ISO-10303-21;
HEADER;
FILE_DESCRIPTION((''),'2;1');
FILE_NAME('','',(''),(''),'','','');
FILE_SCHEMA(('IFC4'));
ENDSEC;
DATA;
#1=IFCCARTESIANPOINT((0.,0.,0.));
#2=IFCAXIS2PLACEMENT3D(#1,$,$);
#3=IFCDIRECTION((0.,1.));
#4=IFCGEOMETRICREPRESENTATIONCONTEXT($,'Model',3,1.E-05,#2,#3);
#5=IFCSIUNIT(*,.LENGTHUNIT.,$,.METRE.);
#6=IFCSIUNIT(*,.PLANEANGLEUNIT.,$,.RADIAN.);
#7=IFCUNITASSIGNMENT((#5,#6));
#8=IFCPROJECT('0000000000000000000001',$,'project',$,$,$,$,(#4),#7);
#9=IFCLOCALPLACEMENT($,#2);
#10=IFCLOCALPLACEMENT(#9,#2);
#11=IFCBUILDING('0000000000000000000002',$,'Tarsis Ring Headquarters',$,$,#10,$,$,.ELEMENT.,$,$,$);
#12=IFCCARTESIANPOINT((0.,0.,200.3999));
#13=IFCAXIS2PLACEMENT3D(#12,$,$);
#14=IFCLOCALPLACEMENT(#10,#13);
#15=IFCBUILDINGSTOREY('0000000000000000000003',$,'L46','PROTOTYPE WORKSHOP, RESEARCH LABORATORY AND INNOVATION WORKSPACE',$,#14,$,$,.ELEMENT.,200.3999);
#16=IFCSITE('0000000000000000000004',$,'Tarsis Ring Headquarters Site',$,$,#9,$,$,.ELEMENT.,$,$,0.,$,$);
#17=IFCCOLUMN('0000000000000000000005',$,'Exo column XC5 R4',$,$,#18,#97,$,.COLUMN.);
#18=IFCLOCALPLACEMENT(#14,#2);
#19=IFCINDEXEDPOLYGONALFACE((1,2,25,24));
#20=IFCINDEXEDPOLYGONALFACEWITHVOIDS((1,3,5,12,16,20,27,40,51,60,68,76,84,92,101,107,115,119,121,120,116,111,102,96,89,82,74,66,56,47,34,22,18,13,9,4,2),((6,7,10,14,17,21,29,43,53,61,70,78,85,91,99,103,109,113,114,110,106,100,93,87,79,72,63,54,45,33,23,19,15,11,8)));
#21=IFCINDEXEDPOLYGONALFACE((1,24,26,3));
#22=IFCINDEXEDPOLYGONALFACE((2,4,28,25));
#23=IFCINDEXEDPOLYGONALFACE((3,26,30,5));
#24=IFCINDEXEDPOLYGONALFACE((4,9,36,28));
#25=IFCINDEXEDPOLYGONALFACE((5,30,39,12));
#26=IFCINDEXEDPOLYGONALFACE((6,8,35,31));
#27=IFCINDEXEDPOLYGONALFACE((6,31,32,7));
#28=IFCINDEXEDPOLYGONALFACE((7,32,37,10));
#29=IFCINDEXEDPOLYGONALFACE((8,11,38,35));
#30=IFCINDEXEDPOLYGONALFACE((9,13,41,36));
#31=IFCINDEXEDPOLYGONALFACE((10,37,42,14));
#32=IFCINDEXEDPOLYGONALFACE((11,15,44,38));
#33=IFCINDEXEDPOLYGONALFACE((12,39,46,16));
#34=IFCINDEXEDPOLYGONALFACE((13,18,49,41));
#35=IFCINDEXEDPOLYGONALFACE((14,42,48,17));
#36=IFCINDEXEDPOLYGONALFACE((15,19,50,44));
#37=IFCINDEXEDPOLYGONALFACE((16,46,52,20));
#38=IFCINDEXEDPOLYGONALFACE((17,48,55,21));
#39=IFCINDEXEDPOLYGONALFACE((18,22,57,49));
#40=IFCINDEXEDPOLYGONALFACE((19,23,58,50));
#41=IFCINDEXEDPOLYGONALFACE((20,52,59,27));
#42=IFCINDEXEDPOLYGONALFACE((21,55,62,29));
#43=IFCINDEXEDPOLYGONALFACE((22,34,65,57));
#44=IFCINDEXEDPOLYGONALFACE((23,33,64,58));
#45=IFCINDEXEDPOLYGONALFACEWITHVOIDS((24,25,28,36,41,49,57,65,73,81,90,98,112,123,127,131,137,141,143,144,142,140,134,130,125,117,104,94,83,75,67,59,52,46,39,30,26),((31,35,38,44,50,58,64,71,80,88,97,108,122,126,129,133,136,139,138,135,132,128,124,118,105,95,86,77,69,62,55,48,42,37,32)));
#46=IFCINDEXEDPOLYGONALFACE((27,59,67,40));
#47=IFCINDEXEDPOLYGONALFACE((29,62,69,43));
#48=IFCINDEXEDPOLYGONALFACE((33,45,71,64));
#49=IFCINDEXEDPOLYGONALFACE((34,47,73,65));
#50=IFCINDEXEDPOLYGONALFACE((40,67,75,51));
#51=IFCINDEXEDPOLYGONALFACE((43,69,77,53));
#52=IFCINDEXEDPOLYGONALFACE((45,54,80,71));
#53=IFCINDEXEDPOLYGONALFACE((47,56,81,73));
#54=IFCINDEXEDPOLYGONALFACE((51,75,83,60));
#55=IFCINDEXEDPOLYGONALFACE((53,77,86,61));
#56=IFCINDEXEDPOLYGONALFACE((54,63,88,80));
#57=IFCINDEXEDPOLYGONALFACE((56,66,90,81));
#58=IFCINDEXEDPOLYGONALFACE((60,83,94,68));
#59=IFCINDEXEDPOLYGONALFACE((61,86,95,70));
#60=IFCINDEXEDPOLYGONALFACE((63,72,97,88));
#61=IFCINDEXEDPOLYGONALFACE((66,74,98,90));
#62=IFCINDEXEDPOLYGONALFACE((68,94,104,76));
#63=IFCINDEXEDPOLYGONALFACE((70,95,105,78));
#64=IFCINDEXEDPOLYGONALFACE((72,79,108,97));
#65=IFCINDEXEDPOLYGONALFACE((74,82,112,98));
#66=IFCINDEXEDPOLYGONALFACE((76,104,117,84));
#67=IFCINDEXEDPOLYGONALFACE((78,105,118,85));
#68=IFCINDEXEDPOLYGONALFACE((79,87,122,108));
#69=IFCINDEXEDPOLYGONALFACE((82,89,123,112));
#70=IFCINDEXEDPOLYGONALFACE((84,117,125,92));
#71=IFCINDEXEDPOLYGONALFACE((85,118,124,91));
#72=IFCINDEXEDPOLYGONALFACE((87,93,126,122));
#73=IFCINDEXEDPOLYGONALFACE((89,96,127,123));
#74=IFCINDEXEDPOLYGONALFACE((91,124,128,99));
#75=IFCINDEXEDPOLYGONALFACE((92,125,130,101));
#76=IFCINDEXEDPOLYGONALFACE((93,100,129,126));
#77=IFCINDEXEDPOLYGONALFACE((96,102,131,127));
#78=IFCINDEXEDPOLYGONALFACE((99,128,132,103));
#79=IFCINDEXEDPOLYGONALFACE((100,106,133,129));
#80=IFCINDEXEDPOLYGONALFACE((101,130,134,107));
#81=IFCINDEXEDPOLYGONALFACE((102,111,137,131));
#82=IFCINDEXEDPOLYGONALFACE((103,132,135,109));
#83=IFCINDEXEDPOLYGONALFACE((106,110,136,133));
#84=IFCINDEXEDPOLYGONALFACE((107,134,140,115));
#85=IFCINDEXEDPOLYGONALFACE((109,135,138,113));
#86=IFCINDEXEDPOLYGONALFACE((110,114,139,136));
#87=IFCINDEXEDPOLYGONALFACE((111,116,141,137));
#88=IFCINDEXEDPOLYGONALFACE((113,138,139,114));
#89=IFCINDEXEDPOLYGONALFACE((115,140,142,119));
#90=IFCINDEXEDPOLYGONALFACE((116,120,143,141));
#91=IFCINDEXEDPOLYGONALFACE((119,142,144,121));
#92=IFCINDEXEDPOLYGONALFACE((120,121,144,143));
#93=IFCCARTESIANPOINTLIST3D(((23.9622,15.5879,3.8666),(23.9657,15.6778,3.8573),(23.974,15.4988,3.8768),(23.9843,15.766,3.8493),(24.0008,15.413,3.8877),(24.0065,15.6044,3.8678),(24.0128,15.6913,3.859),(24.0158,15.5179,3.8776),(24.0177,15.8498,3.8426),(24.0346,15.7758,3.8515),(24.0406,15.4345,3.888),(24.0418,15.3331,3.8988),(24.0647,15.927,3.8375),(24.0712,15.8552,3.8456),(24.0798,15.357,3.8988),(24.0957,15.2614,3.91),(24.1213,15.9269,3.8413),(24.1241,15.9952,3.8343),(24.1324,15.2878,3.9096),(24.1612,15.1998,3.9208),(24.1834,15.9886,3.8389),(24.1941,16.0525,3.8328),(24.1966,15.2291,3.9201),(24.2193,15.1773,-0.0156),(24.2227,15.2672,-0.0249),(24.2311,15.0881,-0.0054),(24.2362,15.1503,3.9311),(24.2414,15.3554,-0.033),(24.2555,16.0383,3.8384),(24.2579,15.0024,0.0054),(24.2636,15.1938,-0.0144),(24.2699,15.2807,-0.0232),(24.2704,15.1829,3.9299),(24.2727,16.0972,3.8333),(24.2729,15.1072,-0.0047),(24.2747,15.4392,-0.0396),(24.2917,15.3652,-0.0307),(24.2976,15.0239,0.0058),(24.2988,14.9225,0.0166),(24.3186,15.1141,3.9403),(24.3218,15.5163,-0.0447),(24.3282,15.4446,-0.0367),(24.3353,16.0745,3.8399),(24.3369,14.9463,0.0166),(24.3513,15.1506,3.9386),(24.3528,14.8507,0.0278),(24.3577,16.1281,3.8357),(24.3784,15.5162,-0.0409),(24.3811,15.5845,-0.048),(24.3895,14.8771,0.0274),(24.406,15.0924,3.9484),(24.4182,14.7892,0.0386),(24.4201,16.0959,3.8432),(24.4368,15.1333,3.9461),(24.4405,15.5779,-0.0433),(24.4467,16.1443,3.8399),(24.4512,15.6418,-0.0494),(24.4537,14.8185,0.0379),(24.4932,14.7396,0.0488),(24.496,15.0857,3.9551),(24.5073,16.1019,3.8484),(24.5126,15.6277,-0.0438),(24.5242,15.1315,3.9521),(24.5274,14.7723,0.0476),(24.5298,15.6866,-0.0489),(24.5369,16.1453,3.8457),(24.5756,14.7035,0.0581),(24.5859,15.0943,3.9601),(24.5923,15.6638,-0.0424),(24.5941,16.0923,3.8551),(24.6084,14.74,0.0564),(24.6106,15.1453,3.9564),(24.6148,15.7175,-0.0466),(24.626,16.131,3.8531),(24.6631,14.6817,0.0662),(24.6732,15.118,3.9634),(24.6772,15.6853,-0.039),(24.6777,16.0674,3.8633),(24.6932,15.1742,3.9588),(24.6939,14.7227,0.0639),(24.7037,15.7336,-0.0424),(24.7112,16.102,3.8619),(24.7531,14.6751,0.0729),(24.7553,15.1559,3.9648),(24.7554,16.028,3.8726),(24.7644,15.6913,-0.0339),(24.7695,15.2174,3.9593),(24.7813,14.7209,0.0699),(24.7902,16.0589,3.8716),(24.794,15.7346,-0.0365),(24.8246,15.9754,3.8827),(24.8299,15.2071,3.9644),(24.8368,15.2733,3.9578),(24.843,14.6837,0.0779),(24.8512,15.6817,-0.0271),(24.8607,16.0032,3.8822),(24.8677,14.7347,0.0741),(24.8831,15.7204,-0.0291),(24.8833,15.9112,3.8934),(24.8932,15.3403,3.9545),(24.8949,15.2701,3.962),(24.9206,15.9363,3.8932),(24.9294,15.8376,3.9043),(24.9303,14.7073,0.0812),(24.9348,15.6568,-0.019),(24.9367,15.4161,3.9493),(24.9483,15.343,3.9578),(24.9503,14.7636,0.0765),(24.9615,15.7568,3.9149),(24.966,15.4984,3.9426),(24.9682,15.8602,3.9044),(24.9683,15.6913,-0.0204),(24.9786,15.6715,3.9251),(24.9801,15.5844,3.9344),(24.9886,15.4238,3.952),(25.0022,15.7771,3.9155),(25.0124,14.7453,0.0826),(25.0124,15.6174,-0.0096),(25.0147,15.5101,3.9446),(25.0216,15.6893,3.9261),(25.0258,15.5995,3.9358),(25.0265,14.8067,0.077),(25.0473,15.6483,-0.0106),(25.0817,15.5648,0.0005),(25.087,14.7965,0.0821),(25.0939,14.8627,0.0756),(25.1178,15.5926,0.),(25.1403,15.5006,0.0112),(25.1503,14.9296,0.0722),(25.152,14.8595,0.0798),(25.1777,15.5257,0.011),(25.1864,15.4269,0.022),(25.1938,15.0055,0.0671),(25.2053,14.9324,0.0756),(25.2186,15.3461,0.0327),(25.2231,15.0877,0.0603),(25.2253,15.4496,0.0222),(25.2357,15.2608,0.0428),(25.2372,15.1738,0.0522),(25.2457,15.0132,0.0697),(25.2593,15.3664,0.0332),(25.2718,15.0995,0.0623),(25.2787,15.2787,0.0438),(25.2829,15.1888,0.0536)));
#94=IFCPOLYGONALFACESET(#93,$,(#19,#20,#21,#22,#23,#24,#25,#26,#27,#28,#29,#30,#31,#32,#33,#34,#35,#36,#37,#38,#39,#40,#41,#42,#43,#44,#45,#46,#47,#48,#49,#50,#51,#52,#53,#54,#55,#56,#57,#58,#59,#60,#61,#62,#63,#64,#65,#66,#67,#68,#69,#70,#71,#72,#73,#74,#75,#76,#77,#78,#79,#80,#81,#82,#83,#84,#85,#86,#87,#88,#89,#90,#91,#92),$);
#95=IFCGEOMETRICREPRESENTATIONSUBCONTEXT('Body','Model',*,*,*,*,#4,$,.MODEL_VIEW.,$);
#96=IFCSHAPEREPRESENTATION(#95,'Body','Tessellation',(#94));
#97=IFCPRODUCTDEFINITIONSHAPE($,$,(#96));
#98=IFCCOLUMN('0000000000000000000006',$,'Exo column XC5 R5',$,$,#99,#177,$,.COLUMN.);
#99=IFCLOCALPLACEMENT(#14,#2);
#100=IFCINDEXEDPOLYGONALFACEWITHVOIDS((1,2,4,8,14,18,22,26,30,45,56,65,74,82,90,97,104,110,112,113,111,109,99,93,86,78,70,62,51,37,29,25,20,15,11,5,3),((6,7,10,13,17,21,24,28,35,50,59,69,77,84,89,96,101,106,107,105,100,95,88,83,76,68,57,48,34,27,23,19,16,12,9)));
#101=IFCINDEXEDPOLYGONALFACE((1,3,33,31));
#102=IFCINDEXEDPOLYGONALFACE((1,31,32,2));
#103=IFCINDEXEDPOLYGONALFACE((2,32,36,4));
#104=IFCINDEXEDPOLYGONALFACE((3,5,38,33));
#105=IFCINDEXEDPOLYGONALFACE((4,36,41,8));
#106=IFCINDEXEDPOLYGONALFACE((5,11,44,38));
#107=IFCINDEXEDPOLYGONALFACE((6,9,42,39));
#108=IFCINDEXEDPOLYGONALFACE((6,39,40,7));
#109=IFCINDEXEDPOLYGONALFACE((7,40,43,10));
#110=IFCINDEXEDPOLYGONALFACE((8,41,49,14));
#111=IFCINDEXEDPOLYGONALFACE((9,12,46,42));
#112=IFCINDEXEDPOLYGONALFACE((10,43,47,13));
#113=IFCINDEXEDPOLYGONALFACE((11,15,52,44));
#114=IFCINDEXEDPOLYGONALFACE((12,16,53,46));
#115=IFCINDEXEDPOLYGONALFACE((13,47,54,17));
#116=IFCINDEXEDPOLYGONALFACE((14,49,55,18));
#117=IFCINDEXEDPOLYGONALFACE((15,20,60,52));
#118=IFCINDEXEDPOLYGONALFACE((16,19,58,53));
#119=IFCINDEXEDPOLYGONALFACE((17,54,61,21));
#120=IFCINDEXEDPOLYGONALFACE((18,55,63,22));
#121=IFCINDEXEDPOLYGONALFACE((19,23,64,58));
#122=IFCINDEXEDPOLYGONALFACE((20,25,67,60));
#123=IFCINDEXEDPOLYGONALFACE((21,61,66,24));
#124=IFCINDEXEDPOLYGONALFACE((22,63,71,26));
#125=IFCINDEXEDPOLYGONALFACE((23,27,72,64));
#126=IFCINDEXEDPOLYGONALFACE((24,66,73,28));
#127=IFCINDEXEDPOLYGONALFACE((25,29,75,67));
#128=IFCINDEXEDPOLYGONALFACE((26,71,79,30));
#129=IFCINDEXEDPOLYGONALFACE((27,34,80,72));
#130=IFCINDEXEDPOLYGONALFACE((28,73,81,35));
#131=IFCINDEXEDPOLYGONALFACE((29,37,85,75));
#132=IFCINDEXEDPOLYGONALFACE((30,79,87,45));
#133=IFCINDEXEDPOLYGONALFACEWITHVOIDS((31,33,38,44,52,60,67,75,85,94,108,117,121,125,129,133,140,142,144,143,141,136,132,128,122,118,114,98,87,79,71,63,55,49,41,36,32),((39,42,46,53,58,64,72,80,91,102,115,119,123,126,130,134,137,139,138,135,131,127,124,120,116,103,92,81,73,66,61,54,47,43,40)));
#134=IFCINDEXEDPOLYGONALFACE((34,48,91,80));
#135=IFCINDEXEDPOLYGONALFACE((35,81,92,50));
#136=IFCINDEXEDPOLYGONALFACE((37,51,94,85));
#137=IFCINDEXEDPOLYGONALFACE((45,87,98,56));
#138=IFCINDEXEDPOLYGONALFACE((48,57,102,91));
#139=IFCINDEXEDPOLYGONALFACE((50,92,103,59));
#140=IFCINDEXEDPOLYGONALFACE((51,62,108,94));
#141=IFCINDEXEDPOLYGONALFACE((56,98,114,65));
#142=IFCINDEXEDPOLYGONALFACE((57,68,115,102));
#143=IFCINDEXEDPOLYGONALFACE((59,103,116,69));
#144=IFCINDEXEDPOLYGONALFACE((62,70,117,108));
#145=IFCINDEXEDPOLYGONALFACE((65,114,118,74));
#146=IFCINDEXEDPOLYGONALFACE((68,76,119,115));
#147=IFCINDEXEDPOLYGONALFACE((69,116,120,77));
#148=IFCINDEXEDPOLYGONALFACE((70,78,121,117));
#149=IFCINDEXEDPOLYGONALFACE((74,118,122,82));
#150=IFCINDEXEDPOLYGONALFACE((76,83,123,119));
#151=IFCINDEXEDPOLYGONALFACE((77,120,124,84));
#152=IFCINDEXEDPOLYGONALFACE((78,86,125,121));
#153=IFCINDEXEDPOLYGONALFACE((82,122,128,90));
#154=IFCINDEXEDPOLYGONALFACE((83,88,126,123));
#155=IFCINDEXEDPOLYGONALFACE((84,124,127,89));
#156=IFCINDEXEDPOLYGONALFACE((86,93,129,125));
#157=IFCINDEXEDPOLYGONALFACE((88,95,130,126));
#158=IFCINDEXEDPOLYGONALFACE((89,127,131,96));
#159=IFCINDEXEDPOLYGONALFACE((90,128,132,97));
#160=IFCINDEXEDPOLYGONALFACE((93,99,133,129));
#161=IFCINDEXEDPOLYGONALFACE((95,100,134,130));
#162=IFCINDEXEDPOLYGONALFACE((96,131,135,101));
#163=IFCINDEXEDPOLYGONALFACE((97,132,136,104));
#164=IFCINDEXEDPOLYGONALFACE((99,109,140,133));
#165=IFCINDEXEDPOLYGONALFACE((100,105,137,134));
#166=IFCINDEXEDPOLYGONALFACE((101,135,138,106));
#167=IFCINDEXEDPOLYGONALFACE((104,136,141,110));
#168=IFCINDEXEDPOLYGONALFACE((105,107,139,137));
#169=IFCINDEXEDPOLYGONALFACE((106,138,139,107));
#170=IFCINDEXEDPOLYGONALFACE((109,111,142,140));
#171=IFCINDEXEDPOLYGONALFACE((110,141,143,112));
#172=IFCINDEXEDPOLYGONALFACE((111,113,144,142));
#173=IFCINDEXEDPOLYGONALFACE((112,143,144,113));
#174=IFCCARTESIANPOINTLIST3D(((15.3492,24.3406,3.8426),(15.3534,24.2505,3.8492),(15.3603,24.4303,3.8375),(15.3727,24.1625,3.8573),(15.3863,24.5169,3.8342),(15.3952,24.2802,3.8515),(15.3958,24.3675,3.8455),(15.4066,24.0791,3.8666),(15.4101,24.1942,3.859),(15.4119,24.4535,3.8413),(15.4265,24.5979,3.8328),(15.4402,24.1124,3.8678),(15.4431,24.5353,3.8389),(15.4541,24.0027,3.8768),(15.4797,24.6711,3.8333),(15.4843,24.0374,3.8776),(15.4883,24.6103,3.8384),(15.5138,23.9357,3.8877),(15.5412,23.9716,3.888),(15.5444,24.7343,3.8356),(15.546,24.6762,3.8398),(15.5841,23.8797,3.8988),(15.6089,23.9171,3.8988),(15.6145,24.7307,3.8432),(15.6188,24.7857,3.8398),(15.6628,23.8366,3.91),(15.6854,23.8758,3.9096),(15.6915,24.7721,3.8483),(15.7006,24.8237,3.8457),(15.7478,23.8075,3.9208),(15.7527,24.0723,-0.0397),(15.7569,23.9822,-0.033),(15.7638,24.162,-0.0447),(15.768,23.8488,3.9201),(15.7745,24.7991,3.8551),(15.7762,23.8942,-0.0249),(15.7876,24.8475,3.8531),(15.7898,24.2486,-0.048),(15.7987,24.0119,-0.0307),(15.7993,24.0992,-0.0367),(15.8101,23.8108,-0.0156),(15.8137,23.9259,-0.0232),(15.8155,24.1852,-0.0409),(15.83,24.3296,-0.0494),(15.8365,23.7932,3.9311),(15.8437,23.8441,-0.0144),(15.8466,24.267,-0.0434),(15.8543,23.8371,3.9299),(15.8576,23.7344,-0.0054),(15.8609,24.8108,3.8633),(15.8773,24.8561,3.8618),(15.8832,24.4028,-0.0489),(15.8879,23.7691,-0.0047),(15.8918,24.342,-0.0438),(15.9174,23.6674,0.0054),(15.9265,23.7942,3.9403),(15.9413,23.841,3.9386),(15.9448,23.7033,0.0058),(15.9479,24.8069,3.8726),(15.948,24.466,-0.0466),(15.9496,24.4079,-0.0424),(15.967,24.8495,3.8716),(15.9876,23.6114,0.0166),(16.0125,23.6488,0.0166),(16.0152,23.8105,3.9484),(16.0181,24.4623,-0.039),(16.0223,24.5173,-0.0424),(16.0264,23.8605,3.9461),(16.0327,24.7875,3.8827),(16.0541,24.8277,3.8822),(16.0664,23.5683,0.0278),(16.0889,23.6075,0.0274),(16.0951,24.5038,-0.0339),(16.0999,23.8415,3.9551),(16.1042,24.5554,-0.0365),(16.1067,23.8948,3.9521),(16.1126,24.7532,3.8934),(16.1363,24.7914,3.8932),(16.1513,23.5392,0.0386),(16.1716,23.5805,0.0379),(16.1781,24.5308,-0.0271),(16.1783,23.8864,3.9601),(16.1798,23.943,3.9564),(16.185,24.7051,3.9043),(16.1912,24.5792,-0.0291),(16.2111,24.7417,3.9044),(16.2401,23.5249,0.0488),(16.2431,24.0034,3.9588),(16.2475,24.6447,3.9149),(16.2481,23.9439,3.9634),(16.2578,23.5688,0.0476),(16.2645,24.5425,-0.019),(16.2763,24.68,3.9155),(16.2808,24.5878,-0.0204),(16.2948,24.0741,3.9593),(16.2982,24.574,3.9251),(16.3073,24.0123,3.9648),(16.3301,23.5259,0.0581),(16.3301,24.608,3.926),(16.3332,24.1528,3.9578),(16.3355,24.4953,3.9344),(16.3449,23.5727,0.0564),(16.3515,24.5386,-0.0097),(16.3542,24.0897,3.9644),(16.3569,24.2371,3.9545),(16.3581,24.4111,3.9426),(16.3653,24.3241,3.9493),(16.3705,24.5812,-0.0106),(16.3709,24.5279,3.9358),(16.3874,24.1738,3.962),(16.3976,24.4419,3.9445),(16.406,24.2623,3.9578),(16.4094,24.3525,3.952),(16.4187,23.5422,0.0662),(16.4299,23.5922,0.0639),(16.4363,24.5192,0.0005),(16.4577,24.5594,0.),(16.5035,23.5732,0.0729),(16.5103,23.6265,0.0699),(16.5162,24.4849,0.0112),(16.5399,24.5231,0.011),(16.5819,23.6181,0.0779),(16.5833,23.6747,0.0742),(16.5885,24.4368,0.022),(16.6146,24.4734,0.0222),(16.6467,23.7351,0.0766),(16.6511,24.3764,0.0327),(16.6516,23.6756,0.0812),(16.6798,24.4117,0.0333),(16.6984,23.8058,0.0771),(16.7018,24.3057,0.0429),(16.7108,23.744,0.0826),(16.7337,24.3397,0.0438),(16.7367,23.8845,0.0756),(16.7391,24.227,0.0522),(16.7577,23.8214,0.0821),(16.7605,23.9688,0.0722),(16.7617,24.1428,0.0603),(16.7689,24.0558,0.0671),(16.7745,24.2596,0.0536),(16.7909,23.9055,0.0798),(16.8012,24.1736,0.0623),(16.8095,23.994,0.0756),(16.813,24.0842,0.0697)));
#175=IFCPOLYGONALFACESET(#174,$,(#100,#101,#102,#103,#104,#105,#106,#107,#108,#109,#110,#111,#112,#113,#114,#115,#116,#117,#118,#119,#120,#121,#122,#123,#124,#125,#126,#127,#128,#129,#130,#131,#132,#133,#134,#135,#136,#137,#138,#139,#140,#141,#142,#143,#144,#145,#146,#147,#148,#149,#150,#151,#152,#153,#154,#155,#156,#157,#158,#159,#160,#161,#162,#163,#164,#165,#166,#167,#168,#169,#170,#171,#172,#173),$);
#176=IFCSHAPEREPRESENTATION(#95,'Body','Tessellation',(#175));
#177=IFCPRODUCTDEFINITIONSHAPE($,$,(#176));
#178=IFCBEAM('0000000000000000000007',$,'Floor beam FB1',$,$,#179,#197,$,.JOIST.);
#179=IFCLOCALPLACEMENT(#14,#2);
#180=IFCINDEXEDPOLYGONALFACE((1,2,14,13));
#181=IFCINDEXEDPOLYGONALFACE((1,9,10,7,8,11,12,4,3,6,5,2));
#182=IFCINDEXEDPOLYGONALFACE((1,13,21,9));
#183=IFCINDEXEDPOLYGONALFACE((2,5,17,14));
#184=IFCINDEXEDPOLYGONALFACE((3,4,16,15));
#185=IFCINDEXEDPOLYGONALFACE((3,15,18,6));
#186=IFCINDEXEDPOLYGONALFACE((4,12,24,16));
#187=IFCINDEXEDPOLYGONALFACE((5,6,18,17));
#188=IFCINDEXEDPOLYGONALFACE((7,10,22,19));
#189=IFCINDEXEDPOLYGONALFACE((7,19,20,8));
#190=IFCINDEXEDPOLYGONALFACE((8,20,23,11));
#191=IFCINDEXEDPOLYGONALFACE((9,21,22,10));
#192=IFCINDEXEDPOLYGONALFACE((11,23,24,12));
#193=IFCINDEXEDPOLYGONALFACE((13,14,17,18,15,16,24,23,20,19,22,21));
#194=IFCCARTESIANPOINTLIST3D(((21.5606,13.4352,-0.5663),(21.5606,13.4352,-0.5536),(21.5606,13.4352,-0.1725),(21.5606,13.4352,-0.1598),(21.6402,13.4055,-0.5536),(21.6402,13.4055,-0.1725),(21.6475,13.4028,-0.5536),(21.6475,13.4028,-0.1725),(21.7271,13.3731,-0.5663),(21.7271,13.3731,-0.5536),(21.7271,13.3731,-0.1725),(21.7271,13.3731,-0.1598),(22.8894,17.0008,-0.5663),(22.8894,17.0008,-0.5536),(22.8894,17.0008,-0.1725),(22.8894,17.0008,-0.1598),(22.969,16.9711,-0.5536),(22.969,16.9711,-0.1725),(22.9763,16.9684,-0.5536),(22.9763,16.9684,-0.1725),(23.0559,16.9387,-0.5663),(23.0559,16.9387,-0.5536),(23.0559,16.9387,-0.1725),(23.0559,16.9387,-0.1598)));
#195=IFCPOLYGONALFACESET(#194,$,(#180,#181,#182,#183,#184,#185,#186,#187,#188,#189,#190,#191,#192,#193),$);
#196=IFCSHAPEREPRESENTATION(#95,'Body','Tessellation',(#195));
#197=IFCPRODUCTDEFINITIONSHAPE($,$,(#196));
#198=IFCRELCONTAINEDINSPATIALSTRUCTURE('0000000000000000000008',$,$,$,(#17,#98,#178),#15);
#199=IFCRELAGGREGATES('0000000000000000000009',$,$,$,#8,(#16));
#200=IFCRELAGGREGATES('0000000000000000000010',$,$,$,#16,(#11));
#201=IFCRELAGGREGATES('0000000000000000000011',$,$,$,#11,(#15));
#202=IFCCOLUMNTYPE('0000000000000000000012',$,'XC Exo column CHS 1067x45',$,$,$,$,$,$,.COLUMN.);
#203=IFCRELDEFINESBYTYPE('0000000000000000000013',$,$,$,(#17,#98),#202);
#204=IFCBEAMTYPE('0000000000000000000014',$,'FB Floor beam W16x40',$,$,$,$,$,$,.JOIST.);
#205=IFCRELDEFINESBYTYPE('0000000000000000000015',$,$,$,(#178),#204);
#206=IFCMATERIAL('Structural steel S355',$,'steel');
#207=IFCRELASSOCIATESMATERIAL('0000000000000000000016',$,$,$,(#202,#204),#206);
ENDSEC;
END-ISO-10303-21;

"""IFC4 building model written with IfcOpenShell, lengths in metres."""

from ifc_helpers import new_model, si_unit, direction, frame, origin, origin_2d, place, context, subcontext, project, spatial, hollow_circle, i_section, extrude, material, material_profile, profile_set, type_object, element, save


model = new_model("IFC4")

# Units and contexts
model_context = context("Model", 3, precision=1e-05, world=origin(), true_north=direction((0.0, 1.0)))
body_context = subcontext(model_context, "Body", "Model", "MODEL_VIEW")
ifc_project = project(units=[si_unit("LENGTHUNIT", "METRE"), si_unit("PLANEANGLEUNIT", "RADIAN")], contexts=[model_context])

# Site, building, storey
site_placement = place(None, origin())
site = spatial("IfcSite", under=ifc_project, at=site_placement, Name="Tarsis Ring Headquarters Site", CompositionType="ELEMENT", RefElevation=0.0)
building_placement = place(site_placement, origin())
building = spatial("IfcBuilding", under=site, at=building_placement, Name="Tarsis Ring Headquarters", CompositionType="ELEMENT")
storey_placement = place(building_placement, frame((0.0, 0.0, 200.3999)))
storey = spatial("IfcBuildingStorey", under=building, at=storey_placement, Name="L46", Description="PROTOTYPE WORKSHOP, RESEARCH LABORATORY AND INNOVATION WORKSPACE", CompositionType="ELEMENT", Elevation=200.3999)

# Columns
ifc_material_1 = material(Name="Structural steel S355", Category="steel")
ifc_material_profile_1 = material_profile(ifc_material_1, hollow_circle(Radius=0.5334, WallThickness=0.0449, at=origin_2d()), Name="CHS 1067x45")
ifc_profile_set_1 = profile_set([ifc_material_profile_1], Name="Structural steel S355")
column_type = type_object("IfcColumnType", Name="XC Exo column CHS 1067x45", PredefinedType="COLUMN", material=ifc_profile_set_1)
for number, where, z_axis, x_axis, name in (
    (1, (24.751, 15.2056, 0.0166), (-0.065708, 0.104959, 0.992303), (-0.847602, -0.530633, 0.0), "Exo column XC5 R4"),
    (2, (16.283, 24.0557, 0.0166), (-0.103149, 0.068579, 0.992299), (-0.553653, -0.832747, 0.0), "Exo column XC5 R5"),
):
    element("IfcColumn", number, at=place(storey_placement, frame(where, z_axis=z_axis, x_axis=x_axis)), inside=storey, type_object=column_type, Name=name, PredefinedType="COLUMN", context=body_context, shape_type="SweptSolid", body=[
        extrude(hollow_circle(Radius=0.5334, WallThickness=0.0449, at=origin_2d()), origin(), (0.0, 0.0, 1.0), 3.9124),
    ])

# Beam
ifc_material_profile_2 = material_profile(ifc_material_1, i_section(OverallWidth=0.1777, OverallDepth=0.4065, WebThickness=0.0078, FlangeThickness=0.0127, at=origin_2d()), Name="W16x40")
ifc_profile_set_2 = profile_set([ifc_material_profile_2], Name="Structural steel S355")
beam_type_1 = type_object("IfcBeamType", Name="FB Floor beam W16x40", PredefinedType="JOIST", material=ifc_profile_set_2)
beam_1_placement = place(storey_placement, frame((22.9727, 16.9697, -0.363), z_axis=(-0.349217, -0.937042, 0.0), x_axis=(0.937042, -0.349217, 0.0)))
element("IfcBeam", 3, at=beam_1_placement, inside=storey, type_object=beam_type_1, Name="Floor beam FB1", PredefinedType="JOIST", context=body_context, shape_type="SweptSolid", body=[
    extrude(i_section(OverallWidth=0.1777, OverallDepth=0.4065, WebThickness=0.0078, FlangeThickness=0.0127, at=origin_2d()), origin(), (0.0, 0.0, 1.0), 3.8052),
])

save(model, "model.ifc")
